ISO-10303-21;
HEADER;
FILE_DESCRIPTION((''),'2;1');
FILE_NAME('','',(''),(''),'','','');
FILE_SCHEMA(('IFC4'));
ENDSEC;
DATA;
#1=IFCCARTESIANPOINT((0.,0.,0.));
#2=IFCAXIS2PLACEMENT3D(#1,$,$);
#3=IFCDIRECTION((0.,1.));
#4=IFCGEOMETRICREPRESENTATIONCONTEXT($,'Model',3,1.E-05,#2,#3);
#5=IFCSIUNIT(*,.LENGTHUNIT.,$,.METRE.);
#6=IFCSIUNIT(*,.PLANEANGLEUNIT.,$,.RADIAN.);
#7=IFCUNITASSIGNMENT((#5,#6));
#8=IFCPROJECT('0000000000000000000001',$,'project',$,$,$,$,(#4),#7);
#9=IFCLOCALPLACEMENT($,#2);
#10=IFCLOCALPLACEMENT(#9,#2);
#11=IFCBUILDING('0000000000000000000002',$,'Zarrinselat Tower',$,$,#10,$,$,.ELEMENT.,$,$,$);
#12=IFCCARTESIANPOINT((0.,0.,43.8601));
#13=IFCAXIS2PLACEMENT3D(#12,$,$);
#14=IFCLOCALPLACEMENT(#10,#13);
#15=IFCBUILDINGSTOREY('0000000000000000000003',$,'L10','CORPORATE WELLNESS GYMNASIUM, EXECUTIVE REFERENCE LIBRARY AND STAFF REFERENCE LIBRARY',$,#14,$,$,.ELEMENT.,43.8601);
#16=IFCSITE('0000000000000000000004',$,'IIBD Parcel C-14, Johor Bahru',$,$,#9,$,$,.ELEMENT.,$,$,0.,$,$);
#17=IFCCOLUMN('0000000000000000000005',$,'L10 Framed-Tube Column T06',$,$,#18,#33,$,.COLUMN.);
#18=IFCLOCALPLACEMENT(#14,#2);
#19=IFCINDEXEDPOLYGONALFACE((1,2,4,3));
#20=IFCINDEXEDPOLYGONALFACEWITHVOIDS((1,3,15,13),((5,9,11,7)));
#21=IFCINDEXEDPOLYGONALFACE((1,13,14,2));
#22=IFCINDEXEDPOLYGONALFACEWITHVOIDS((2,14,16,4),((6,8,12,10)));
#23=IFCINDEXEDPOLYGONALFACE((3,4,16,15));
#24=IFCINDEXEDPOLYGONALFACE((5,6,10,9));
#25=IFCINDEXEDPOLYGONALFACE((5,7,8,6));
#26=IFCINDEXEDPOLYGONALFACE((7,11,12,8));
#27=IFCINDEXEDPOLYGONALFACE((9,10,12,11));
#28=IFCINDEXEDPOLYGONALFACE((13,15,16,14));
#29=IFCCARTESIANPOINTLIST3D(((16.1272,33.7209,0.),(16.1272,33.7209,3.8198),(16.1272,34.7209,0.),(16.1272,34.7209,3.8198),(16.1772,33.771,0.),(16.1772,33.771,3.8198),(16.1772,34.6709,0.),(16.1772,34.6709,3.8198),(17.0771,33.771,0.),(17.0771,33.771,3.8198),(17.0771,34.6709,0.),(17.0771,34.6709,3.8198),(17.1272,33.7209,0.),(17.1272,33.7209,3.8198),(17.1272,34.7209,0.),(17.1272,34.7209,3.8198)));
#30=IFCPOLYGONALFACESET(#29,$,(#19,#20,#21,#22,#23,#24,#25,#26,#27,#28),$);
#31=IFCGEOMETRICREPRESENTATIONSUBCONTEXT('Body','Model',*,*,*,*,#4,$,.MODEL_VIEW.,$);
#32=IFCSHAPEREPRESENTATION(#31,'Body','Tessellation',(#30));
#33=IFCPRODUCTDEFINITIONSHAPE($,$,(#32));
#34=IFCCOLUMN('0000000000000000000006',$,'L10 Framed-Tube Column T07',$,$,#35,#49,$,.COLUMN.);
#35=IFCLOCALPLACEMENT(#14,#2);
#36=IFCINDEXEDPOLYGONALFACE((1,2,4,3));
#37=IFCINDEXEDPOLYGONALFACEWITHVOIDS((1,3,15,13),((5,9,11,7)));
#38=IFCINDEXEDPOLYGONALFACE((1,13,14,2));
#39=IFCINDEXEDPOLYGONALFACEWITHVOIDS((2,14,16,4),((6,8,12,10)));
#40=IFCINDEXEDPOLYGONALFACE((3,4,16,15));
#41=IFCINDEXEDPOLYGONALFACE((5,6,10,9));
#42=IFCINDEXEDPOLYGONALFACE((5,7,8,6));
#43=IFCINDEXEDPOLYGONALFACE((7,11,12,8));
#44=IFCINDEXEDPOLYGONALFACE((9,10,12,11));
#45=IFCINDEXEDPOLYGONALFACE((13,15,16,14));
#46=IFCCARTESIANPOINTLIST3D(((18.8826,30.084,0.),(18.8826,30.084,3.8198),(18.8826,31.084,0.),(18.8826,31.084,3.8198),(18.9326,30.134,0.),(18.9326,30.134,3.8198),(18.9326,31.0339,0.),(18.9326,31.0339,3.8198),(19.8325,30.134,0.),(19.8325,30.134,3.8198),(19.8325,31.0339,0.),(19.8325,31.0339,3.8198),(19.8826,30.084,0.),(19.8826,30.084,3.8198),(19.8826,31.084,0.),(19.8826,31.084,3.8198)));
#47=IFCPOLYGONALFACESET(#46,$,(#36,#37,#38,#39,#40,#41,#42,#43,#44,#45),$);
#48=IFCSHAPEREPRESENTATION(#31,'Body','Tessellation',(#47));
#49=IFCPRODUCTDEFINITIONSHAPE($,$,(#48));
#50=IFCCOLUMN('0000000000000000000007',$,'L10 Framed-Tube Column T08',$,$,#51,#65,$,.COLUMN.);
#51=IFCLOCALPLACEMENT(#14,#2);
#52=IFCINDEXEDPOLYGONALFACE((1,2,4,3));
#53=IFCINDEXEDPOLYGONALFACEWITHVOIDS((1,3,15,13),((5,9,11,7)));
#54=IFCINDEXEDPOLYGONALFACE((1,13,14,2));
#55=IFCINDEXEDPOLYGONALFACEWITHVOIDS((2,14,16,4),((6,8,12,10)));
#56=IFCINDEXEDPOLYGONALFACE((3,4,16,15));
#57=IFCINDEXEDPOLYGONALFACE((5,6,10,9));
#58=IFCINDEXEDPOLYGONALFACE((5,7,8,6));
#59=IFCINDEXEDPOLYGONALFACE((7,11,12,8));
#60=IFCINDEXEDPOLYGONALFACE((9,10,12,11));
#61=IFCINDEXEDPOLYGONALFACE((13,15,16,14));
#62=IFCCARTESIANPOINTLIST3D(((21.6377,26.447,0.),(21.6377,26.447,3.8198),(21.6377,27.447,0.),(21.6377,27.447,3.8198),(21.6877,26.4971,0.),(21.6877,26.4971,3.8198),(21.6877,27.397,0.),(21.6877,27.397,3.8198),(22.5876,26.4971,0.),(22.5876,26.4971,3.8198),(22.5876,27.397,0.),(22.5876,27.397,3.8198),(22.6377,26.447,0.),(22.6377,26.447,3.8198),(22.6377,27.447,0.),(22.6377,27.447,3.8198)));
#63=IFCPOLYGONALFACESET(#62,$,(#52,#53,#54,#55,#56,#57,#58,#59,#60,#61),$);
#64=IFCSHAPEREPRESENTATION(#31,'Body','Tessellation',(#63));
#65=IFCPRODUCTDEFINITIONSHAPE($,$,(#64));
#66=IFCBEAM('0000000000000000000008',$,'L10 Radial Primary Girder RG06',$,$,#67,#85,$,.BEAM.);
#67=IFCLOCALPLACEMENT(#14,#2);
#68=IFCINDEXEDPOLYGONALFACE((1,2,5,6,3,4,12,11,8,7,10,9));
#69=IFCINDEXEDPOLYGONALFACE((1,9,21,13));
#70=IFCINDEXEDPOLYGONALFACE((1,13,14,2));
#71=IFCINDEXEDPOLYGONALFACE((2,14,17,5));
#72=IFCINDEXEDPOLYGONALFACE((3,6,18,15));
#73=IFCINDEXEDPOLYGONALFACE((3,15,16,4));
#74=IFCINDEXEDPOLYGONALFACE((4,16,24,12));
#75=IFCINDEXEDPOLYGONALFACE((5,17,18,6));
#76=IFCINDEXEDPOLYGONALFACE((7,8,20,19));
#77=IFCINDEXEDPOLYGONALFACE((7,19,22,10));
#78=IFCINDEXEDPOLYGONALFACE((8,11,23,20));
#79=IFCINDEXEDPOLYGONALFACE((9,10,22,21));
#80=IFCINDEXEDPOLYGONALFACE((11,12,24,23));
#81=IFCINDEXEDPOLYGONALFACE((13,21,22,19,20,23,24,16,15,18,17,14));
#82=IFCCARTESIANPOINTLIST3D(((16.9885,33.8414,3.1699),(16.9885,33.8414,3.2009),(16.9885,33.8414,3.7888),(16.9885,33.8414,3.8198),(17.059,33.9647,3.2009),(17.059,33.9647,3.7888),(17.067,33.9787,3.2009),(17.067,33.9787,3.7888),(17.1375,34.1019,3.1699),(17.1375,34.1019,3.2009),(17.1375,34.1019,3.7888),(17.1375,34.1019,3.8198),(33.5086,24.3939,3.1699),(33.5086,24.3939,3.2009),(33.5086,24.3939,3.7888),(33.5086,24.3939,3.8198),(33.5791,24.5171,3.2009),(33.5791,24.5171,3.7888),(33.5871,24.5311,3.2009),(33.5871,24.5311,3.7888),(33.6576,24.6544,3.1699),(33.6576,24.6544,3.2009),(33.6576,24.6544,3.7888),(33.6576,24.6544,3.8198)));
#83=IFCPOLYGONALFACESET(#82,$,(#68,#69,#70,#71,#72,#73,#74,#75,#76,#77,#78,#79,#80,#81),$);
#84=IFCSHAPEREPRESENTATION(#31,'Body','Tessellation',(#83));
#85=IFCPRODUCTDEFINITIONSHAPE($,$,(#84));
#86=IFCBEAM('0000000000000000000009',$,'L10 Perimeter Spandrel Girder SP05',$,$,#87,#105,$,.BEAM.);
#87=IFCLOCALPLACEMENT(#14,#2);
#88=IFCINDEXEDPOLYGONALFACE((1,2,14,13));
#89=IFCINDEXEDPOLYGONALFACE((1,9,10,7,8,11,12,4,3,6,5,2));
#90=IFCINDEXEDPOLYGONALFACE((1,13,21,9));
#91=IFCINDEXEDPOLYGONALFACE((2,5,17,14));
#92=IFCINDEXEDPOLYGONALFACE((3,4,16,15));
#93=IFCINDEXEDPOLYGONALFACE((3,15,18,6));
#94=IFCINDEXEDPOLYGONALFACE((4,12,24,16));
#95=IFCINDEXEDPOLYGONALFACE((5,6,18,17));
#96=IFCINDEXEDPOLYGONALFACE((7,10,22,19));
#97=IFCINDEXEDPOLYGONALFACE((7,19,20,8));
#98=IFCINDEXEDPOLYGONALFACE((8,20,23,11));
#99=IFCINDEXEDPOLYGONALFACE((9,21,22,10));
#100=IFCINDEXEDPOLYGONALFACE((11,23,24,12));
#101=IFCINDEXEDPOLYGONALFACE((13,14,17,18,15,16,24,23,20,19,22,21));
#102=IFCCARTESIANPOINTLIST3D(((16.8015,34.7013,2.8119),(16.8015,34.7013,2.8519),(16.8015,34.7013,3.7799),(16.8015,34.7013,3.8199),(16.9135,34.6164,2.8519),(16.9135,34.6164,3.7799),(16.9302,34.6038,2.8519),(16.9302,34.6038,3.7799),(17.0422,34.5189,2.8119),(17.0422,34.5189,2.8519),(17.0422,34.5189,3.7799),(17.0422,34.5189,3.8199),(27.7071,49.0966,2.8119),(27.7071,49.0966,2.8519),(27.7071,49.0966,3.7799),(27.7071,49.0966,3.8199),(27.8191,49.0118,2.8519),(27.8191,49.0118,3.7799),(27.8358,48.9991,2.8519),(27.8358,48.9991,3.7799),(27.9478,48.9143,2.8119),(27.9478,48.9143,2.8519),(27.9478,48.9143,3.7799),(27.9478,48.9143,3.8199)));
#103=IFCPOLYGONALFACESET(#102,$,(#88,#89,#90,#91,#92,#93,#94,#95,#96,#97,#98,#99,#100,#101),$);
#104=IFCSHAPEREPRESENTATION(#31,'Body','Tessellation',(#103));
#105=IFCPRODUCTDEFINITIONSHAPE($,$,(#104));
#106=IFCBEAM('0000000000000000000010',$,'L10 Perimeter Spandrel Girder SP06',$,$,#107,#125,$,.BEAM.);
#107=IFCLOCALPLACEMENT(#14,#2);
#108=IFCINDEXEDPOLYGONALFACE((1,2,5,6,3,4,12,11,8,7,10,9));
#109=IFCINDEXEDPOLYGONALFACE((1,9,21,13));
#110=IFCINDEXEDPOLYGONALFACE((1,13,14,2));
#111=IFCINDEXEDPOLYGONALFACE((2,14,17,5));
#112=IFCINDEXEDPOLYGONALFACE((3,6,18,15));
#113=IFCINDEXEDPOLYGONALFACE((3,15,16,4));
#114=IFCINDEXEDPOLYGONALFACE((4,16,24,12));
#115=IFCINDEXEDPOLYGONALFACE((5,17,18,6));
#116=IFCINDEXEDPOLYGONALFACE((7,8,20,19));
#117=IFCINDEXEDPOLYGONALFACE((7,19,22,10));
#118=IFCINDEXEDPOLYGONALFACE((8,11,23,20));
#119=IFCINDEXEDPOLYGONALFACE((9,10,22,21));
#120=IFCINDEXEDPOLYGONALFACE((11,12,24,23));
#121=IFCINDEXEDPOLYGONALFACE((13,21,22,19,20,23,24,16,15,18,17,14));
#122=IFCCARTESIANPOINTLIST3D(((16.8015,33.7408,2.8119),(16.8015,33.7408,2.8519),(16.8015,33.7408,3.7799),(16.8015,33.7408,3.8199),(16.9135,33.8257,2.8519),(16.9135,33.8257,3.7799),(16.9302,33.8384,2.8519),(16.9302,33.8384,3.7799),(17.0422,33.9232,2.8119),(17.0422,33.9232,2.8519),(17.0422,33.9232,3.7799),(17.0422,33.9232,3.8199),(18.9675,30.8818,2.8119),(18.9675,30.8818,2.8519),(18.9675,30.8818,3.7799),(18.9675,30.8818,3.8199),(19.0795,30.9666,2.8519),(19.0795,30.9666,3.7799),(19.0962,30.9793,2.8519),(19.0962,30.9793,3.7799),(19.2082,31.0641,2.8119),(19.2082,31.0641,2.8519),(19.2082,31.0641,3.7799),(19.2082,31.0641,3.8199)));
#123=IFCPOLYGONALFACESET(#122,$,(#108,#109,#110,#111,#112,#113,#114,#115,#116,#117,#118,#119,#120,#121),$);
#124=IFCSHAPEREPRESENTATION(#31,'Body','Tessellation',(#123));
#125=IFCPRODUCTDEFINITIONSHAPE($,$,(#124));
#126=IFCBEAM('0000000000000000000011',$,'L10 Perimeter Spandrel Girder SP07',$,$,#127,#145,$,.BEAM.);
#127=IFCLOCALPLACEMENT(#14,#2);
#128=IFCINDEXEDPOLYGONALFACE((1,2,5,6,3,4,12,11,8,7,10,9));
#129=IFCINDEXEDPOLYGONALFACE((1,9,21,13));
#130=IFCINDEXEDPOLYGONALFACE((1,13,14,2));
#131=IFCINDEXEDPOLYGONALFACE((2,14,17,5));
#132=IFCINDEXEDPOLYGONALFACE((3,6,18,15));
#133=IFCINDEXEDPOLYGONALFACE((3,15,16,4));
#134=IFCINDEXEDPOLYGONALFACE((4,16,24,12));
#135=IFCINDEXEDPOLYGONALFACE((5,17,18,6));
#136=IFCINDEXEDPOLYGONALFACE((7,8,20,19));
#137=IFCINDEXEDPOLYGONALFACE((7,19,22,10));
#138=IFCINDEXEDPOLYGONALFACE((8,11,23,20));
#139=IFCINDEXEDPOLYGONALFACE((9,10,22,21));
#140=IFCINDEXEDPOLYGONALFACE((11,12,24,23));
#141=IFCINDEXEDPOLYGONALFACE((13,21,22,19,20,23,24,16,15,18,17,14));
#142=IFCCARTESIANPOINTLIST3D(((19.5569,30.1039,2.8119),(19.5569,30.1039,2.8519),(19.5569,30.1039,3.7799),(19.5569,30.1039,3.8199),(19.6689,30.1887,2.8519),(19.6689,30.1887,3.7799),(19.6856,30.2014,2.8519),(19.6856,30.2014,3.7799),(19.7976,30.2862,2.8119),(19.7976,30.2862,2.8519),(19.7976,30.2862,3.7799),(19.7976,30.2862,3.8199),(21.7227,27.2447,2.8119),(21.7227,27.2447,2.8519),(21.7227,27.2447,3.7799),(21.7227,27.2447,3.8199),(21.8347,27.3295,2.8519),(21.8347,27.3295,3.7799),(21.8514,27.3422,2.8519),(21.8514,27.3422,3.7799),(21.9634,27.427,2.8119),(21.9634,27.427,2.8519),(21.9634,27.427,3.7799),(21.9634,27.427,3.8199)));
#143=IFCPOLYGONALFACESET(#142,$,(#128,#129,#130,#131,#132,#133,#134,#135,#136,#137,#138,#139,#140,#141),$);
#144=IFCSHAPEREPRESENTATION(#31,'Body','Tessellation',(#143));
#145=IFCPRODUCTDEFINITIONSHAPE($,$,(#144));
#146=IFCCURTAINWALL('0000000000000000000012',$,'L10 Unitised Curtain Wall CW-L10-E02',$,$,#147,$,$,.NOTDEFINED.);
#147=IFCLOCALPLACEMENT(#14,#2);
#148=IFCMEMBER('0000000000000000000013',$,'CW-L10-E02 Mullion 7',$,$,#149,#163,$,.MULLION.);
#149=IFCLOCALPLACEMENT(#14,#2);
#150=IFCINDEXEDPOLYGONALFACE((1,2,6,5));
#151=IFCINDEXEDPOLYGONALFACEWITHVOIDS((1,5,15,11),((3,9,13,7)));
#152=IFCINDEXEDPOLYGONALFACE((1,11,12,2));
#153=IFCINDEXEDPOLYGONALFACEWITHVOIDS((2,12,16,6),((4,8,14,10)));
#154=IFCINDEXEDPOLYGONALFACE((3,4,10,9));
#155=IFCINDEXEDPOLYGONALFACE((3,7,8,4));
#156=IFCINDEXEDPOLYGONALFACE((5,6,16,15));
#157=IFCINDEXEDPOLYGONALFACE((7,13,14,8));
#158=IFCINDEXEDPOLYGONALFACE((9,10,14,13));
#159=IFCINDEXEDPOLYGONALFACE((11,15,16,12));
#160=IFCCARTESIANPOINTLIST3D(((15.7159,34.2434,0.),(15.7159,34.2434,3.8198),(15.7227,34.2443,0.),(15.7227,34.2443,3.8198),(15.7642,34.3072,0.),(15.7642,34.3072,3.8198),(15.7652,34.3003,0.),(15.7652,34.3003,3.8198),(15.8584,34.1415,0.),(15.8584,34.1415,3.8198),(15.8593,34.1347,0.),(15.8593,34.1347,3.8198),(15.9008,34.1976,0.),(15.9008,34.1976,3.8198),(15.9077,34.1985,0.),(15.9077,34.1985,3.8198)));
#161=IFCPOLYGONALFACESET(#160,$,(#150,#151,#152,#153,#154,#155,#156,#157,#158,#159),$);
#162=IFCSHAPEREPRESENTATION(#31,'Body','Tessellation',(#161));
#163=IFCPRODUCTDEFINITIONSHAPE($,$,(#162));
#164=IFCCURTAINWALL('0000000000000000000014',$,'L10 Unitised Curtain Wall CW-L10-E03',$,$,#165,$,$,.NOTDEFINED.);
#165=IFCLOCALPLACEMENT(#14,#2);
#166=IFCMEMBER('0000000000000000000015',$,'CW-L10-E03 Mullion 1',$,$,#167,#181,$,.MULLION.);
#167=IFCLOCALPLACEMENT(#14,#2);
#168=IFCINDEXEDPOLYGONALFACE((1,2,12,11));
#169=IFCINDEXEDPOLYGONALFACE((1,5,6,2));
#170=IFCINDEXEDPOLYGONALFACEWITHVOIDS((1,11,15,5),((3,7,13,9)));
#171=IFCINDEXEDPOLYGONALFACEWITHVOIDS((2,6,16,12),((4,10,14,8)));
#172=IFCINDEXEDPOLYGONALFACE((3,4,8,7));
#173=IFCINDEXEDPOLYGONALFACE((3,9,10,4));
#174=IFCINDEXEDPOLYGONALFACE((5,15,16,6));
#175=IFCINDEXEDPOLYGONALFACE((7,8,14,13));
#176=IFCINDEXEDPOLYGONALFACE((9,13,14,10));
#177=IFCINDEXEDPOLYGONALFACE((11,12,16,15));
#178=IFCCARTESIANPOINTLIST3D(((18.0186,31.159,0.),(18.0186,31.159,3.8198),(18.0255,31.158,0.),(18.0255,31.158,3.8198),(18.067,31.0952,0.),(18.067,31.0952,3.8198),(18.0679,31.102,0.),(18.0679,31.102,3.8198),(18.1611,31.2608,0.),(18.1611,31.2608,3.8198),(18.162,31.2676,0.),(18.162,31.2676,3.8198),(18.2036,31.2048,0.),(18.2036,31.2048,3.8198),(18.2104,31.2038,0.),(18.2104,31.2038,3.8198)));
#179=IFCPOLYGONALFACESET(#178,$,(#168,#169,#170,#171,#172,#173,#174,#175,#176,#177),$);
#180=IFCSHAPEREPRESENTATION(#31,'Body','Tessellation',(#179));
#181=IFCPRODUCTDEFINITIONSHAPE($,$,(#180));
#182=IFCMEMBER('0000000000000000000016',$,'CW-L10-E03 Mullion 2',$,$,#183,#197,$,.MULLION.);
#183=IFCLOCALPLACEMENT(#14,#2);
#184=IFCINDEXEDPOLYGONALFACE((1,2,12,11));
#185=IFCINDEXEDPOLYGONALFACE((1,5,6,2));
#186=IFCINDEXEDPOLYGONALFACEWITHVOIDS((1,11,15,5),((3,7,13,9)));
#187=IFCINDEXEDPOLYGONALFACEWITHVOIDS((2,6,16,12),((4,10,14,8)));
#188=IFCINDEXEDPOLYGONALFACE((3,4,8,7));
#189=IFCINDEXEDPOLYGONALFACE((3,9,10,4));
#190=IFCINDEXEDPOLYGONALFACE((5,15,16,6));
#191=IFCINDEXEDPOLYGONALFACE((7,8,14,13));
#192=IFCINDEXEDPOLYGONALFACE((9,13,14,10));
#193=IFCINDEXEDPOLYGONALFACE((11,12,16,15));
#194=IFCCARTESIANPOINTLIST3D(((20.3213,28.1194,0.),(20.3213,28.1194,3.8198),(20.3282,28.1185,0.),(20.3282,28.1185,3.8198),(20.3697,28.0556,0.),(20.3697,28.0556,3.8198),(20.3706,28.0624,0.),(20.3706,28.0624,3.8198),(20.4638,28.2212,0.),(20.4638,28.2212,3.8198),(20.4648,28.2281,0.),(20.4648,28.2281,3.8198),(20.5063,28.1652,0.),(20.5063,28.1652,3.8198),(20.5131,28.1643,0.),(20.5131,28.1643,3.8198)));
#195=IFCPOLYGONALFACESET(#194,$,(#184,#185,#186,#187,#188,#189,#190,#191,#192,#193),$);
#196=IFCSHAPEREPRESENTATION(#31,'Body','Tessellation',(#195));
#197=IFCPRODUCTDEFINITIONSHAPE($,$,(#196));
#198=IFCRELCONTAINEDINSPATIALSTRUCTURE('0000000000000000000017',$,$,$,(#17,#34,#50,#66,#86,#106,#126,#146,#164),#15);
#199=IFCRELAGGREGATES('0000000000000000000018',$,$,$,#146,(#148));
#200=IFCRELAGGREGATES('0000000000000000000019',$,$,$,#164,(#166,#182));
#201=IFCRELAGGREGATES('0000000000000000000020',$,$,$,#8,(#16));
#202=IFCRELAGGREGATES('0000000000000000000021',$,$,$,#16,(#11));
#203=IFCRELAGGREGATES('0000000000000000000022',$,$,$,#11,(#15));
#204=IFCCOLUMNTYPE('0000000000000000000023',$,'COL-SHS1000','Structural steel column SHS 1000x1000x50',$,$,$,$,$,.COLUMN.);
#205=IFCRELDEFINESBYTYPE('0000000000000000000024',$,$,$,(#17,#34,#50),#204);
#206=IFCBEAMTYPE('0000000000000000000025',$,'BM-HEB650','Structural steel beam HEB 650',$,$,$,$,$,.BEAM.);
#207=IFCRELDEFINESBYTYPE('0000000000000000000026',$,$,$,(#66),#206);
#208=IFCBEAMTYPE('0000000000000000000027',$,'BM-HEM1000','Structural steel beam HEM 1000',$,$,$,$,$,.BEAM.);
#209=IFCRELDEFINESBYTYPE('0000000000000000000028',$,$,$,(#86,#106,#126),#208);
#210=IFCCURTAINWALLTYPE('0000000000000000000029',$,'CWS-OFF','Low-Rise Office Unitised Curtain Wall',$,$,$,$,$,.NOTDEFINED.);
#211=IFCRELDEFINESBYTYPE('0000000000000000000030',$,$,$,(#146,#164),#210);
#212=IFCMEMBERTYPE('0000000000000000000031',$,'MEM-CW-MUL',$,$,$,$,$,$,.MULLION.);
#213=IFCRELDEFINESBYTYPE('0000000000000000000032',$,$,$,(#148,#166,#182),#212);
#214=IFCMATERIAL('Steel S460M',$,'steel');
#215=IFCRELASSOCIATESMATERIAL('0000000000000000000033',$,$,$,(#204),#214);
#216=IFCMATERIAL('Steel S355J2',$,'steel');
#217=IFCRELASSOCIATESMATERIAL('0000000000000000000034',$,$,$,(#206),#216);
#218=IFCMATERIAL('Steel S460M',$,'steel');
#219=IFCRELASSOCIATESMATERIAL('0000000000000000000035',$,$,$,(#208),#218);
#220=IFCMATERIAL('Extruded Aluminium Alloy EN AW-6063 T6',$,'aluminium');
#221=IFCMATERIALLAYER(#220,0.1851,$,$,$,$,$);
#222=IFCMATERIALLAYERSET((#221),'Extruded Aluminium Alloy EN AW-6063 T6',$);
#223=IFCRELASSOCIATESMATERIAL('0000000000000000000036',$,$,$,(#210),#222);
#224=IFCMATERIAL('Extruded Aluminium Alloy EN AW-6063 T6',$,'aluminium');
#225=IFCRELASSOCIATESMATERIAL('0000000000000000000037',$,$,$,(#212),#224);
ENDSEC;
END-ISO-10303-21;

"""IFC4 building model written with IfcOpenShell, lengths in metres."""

from ifc_helpers import new_model, si_unit, direction, frame, origin, origin_2d, place, context, subcontext, project, spatial, hollow_rectangle, i_section, extrude, material, layer, layer_set, material_profile, profile_set, type_object, element, aggregate, save


model = new_model("IFC4")

# Units and contexts
model_context = context("Model", 3, precision=1e-05, world=origin(), true_north=direction((0.0, 1.0)))
body_context = subcontext(model_context, "Body", "Model", "MODEL_VIEW")
ifc_project = project(units=[si_unit("LENGTHUNIT", "METRE"), si_unit("PLANEANGLEUNIT", "RADIAN")], contexts=[model_context])

# Site, building, storey
site_placement = place(None, origin())
site = spatial("IfcSite", under=ifc_project, at=site_placement, Name="IIBD Parcel C-14, Johor Bahru", CompositionType="ELEMENT", RefElevation=0.0)
building_placement = place(site_placement, origin())
building = spatial("IfcBuilding", under=site, at=building_placement, Name="Zarrinselat Tower", CompositionType="ELEMENT")
storey_placement = place(building_placement, frame((0.0, 0.0, 43.8601)))
storey = spatial("IfcBuildingStorey", under=building, at=storey_placement, Name="L10", Description="CORPORATE WELLNESS GYMNASIUM, EXECUTIVE REFERENCE LIBRARY AND STAFF REFERENCE LIBRARY", CompositionType="ELEMENT", Elevation=43.8601)

# Columns
ifc_material_1 = material(Name="Steel S460M", Category="steel")
ifc_material_profile_1 = material_profile(ifc_material_1, hollow_rectangle(XDim=1.0, YDim=1.0, WallThickness=0.05, at=origin_2d()), Name="SHS 1000x1000x50")
ifc_profile_set_1 = profile_set([ifc_material_profile_1], Name="Steel S460M")
column_type = type_object("IfcColumnType", Name="COL-SHS1000", Description="Structural steel column SHS 1000x1000x50", PredefinedType="COLUMN", material=ifc_profile_set_1)
for number, where, z_axis, x_axis, name in (
    (1, (16.6272, 34.2209, 0.0), (0.0, 0.0, 1.0), (1.0, 0.0, 0.0), "L10 Framed-Tube Column T06"),
    (2, (19.3826, 30.584, 0.0), (0.0, 0.0, 1.0), (1.0, 0.0, 0.0), "L10 Framed-Tube Column T07"),
    (3, (22.1377, 26.947, 0.0), (0.0, 0.0, 1.0), (1.0, 0.0, 0.0), "L10 Framed-Tube Column T08"),
):
    element("IfcColumn", number, at=place(storey_placement, frame(where, z_axis=z_axis, x_axis=x_axis)), inside=storey, type_object=column_type, Name=name, PredefinedType="COLUMN", context=body_context, shape_type="SweptSolid", body=[
        extrude(hollow_rectangle(XDim=1.0, YDim=1.0, WallThickness=0.05, at=origin_2d()), origin(), (0.0, 0.0, 1.0), 3.8198),
    ])

# Beams
ifc_material_2 = material(Name="Steel S355J2", Category="steel")
ifc_material_profile_2 = material_profile(ifc_material_2, i_section(OverallWidth=0.3, OverallDepth=0.6499, WebThickness=0.0161, FlangeThickness=0.031, at=origin_2d()), Name="HEB 650")
ifc_profile_set_2 = profile_set([ifc_material_profile_2], Name="Steel S355J2")
beam_type_1 = type_object("IfcBeamType", Name="BM-HEB650", Description="Structural steel beam HEB 650", PredefinedType="BEAM", material=ifc_profile_set_2)
beam_1_placement = place(storey_placement, frame((17.063, 33.9717, 3.4949), z_axis=(0.868073, -0.496436, 0.0), x_axis=(0.496436, 0.868073, 0.0)))
element("IfcBeam", 4, at=beam_1_placement, inside=storey, type_object=beam_type_1, Name="L10 Radial Primary Girder RG06", PredefinedType="BEAM", context=body_context, shape_type="SweptSolid", body=[
    extrude(i_section(OverallWidth=0.3, OverallDepth=0.6499, WebThickness=0.0161, FlangeThickness=0.031, at=origin_2d()), origin(), (0.0, 0.0, 1.0), 19.0308),
])
ifc_material_3 = material(Name="Steel S460M", Category="steel")
ifc_material_profile_3 = material_profile(ifc_material_3, i_section(OverallWidth=0.302, OverallDepth=1.0081, WebThickness=0.021, FlangeThickness=0.04, at=origin_2d()), Name="HEM 1000")
ifc_profile_set_3 = profile_set([ifc_material_profile_3], Name="Steel S460M")
beam_type_2 = type_object("IfcBeamType", Name="BM-HEM1000", Description="Structural steel beam HEM 1000", PredefinedType="BEAM", material=ifc_profile_set_3)
beam_2_placement = place(storey_placement, frame((16.9219, 34.6101, 3.3159), z_axis=(0.603858, 0.797092, 0.0), x_axis=(-0.797092, 0.603858, 0.0)))
element("IfcBeam", 5, at=beam_2_placement, inside=storey, type_object=beam_type_2, Name="L10 Perimeter Spandrel Girder SP05", PredefinedType="BEAM", context=body_context, shape_type="SweptSolid", body=[
    extrude(i_section(OverallWidth=0.302, OverallDepth=1.0081, WebThickness=0.021, FlangeThickness=0.04, at=origin_2d()), origin(), (0.0, 0.0, 1.0), 18.0598),
])
for number, where, z_axis, x_axis, name in (
    (6, (16.9219, 33.832, 3.3159), (0.603859, -0.797091, 0.0), (0.797091, 0.603859, 0.0), "L10 Perimeter Spandrel Girder SP06"),
    (7, (19.6772, 30.1951, 3.3159), (0.603816, -0.797124, 0.0), (0.797124, 0.603816, 0.0), "L10 Perimeter Spandrel Girder SP07"),
):
    element("IfcBeam", number, at=place(storey_placement, frame(where, z_axis=z_axis, x_axis=x_axis)), inside=storey, type_object=beam_type_2, Name=name, PredefinedType="BEAM", context=body_context, shape_type="SweptSolid", body=[
        extrude(i_section(OverallWidth=0.302, OverallDepth=1.0081, WebThickness=0.021, FlangeThickness=0.04, at=origin_2d()), origin(), (0.0, 0.0, 1.0), 3.5869),
    ])

# Curtain wall, member
ifc_material_4 = material(Name="Extruded Aluminium Alloy EN AW-6063 T6", Category="aluminium")
ifc_layer_1 = layer(ifc_material_4, 0.1851)
ifc_layer_set_1 = layer_set([ifc_layer_1], Name="Extruded Aluminium Alloy EN AW-6063 T6")
curtain_wall_type = type_object("IfcCurtainWallType", Name="CWS-OFF", Description="Low-Rise Office Unitised Curtain Wall", PredefinedType="NOTDEFINED", material=ifc_layer_set_1)
curtain_wall_1_placement = place(storey_placement, origin())
curtain_wall_1 = element("IfcCurtainWall", 8, at=curtain_wall_1_placement, inside=storey, type_object=curtain_wall_type, Name="L10 Unitised Curtain Wall CW-L10-E02", PredefinedType="NOTDEFINED")
ifc_material_5 = material(Name="Extruded Aluminium Alloy EN AW-6063 T6", Category="aluminium")
ifc_material_profile_4 = material_profile(ifc_material_5, hollow_rectangle(XDim=0.0801, YDim=0.1799, WallThickness=0.0049, at=origin_2d()), Name="RHS 180x80x5")
ifc_profile_set_4 = profile_set([ifc_material_profile_4], Name="Extruded Aluminium Alloy EN AW-6063 T6")
member_type_1 = type_object("IfcMemberType", Name="MEM-CW-MUL", PredefinedType="MULLION", material=ifc_profile_set_4)
member_1_placement = place(storey_placement, frame((15.8118, 34.2209, 0.0), z_axis=(0.0, 0.0, 1.0), x_axis=(-0.603857, -0.797093, 0.0)))
member_1 = element("IfcMember", 9, at=member_1_placement, type_object=member_type_1, Name="CW-L10-E02 Mullion 7", PredefinedType="MULLION", context=body_context, shape_type="SweptSolid", body=[
    extrude(hollow_rectangle(XDim=0.0801, YDim=0.1799, WallThickness=0.0049, at=origin_2d()), origin(), (0.0, 0.0, 1.0), 3.8198),
])

# Curtain wall, members
curtain_wall_2_placement = place(storey_placement, origin())
curtain_wall_2 = element("IfcCurtainWall", 10, at=curtain_wall_2_placement, inside=storey, type_object=curtain_wall_type, Name="L10 Unitised Curtain Wall CW-L10-E03", PredefinedType="NOTDEFINED")
member_2_placement = place(storey_placement, frame((18.1145, 31.1814, 0.0), z_axis=(0.0, 0.0, 1.0), x_axis=(0.603857, -0.797092, 0.0)))
member_2 = element("IfcMember", 11, at=member_2_placement, type_object=member_type_1, Name="CW-L10-E03 Mullion 1", PredefinedType="MULLION", context=body_context, shape_type="SweptSolid", body=[
    extrude(hollow_rectangle(XDim=0.0801, YDim=0.1799, WallThickness=0.0049, at=origin_2d()), origin(), (0.0, 0.0, 1.0), 3.8198),
])
member_3_placement = place(storey_placement, frame((20.4172, 28.1418, 0.0), z_axis=(0.0, 0.0, 1.0), x_axis=(0.603857, -0.797092, 0.0)))
member_3 = element("IfcMember", 12, at=member_3_placement, type_object=member_type_1, Name="CW-L10-E03 Mullion 2", PredefinedType="MULLION", context=body_context, shape_type="SweptSolid", body=[
    extrude(hollow_rectangle(XDim=0.0801, YDim=0.1799, WallThickness=0.0049, at=origin_2d()), origin(), (0.0, 0.0, 1.0), 3.8198),
])

aggregate(curtain_wall_1, [member_1])
aggregate(curtain_wall_2, [member_2, member_3])

save(model, "model.ifc")
